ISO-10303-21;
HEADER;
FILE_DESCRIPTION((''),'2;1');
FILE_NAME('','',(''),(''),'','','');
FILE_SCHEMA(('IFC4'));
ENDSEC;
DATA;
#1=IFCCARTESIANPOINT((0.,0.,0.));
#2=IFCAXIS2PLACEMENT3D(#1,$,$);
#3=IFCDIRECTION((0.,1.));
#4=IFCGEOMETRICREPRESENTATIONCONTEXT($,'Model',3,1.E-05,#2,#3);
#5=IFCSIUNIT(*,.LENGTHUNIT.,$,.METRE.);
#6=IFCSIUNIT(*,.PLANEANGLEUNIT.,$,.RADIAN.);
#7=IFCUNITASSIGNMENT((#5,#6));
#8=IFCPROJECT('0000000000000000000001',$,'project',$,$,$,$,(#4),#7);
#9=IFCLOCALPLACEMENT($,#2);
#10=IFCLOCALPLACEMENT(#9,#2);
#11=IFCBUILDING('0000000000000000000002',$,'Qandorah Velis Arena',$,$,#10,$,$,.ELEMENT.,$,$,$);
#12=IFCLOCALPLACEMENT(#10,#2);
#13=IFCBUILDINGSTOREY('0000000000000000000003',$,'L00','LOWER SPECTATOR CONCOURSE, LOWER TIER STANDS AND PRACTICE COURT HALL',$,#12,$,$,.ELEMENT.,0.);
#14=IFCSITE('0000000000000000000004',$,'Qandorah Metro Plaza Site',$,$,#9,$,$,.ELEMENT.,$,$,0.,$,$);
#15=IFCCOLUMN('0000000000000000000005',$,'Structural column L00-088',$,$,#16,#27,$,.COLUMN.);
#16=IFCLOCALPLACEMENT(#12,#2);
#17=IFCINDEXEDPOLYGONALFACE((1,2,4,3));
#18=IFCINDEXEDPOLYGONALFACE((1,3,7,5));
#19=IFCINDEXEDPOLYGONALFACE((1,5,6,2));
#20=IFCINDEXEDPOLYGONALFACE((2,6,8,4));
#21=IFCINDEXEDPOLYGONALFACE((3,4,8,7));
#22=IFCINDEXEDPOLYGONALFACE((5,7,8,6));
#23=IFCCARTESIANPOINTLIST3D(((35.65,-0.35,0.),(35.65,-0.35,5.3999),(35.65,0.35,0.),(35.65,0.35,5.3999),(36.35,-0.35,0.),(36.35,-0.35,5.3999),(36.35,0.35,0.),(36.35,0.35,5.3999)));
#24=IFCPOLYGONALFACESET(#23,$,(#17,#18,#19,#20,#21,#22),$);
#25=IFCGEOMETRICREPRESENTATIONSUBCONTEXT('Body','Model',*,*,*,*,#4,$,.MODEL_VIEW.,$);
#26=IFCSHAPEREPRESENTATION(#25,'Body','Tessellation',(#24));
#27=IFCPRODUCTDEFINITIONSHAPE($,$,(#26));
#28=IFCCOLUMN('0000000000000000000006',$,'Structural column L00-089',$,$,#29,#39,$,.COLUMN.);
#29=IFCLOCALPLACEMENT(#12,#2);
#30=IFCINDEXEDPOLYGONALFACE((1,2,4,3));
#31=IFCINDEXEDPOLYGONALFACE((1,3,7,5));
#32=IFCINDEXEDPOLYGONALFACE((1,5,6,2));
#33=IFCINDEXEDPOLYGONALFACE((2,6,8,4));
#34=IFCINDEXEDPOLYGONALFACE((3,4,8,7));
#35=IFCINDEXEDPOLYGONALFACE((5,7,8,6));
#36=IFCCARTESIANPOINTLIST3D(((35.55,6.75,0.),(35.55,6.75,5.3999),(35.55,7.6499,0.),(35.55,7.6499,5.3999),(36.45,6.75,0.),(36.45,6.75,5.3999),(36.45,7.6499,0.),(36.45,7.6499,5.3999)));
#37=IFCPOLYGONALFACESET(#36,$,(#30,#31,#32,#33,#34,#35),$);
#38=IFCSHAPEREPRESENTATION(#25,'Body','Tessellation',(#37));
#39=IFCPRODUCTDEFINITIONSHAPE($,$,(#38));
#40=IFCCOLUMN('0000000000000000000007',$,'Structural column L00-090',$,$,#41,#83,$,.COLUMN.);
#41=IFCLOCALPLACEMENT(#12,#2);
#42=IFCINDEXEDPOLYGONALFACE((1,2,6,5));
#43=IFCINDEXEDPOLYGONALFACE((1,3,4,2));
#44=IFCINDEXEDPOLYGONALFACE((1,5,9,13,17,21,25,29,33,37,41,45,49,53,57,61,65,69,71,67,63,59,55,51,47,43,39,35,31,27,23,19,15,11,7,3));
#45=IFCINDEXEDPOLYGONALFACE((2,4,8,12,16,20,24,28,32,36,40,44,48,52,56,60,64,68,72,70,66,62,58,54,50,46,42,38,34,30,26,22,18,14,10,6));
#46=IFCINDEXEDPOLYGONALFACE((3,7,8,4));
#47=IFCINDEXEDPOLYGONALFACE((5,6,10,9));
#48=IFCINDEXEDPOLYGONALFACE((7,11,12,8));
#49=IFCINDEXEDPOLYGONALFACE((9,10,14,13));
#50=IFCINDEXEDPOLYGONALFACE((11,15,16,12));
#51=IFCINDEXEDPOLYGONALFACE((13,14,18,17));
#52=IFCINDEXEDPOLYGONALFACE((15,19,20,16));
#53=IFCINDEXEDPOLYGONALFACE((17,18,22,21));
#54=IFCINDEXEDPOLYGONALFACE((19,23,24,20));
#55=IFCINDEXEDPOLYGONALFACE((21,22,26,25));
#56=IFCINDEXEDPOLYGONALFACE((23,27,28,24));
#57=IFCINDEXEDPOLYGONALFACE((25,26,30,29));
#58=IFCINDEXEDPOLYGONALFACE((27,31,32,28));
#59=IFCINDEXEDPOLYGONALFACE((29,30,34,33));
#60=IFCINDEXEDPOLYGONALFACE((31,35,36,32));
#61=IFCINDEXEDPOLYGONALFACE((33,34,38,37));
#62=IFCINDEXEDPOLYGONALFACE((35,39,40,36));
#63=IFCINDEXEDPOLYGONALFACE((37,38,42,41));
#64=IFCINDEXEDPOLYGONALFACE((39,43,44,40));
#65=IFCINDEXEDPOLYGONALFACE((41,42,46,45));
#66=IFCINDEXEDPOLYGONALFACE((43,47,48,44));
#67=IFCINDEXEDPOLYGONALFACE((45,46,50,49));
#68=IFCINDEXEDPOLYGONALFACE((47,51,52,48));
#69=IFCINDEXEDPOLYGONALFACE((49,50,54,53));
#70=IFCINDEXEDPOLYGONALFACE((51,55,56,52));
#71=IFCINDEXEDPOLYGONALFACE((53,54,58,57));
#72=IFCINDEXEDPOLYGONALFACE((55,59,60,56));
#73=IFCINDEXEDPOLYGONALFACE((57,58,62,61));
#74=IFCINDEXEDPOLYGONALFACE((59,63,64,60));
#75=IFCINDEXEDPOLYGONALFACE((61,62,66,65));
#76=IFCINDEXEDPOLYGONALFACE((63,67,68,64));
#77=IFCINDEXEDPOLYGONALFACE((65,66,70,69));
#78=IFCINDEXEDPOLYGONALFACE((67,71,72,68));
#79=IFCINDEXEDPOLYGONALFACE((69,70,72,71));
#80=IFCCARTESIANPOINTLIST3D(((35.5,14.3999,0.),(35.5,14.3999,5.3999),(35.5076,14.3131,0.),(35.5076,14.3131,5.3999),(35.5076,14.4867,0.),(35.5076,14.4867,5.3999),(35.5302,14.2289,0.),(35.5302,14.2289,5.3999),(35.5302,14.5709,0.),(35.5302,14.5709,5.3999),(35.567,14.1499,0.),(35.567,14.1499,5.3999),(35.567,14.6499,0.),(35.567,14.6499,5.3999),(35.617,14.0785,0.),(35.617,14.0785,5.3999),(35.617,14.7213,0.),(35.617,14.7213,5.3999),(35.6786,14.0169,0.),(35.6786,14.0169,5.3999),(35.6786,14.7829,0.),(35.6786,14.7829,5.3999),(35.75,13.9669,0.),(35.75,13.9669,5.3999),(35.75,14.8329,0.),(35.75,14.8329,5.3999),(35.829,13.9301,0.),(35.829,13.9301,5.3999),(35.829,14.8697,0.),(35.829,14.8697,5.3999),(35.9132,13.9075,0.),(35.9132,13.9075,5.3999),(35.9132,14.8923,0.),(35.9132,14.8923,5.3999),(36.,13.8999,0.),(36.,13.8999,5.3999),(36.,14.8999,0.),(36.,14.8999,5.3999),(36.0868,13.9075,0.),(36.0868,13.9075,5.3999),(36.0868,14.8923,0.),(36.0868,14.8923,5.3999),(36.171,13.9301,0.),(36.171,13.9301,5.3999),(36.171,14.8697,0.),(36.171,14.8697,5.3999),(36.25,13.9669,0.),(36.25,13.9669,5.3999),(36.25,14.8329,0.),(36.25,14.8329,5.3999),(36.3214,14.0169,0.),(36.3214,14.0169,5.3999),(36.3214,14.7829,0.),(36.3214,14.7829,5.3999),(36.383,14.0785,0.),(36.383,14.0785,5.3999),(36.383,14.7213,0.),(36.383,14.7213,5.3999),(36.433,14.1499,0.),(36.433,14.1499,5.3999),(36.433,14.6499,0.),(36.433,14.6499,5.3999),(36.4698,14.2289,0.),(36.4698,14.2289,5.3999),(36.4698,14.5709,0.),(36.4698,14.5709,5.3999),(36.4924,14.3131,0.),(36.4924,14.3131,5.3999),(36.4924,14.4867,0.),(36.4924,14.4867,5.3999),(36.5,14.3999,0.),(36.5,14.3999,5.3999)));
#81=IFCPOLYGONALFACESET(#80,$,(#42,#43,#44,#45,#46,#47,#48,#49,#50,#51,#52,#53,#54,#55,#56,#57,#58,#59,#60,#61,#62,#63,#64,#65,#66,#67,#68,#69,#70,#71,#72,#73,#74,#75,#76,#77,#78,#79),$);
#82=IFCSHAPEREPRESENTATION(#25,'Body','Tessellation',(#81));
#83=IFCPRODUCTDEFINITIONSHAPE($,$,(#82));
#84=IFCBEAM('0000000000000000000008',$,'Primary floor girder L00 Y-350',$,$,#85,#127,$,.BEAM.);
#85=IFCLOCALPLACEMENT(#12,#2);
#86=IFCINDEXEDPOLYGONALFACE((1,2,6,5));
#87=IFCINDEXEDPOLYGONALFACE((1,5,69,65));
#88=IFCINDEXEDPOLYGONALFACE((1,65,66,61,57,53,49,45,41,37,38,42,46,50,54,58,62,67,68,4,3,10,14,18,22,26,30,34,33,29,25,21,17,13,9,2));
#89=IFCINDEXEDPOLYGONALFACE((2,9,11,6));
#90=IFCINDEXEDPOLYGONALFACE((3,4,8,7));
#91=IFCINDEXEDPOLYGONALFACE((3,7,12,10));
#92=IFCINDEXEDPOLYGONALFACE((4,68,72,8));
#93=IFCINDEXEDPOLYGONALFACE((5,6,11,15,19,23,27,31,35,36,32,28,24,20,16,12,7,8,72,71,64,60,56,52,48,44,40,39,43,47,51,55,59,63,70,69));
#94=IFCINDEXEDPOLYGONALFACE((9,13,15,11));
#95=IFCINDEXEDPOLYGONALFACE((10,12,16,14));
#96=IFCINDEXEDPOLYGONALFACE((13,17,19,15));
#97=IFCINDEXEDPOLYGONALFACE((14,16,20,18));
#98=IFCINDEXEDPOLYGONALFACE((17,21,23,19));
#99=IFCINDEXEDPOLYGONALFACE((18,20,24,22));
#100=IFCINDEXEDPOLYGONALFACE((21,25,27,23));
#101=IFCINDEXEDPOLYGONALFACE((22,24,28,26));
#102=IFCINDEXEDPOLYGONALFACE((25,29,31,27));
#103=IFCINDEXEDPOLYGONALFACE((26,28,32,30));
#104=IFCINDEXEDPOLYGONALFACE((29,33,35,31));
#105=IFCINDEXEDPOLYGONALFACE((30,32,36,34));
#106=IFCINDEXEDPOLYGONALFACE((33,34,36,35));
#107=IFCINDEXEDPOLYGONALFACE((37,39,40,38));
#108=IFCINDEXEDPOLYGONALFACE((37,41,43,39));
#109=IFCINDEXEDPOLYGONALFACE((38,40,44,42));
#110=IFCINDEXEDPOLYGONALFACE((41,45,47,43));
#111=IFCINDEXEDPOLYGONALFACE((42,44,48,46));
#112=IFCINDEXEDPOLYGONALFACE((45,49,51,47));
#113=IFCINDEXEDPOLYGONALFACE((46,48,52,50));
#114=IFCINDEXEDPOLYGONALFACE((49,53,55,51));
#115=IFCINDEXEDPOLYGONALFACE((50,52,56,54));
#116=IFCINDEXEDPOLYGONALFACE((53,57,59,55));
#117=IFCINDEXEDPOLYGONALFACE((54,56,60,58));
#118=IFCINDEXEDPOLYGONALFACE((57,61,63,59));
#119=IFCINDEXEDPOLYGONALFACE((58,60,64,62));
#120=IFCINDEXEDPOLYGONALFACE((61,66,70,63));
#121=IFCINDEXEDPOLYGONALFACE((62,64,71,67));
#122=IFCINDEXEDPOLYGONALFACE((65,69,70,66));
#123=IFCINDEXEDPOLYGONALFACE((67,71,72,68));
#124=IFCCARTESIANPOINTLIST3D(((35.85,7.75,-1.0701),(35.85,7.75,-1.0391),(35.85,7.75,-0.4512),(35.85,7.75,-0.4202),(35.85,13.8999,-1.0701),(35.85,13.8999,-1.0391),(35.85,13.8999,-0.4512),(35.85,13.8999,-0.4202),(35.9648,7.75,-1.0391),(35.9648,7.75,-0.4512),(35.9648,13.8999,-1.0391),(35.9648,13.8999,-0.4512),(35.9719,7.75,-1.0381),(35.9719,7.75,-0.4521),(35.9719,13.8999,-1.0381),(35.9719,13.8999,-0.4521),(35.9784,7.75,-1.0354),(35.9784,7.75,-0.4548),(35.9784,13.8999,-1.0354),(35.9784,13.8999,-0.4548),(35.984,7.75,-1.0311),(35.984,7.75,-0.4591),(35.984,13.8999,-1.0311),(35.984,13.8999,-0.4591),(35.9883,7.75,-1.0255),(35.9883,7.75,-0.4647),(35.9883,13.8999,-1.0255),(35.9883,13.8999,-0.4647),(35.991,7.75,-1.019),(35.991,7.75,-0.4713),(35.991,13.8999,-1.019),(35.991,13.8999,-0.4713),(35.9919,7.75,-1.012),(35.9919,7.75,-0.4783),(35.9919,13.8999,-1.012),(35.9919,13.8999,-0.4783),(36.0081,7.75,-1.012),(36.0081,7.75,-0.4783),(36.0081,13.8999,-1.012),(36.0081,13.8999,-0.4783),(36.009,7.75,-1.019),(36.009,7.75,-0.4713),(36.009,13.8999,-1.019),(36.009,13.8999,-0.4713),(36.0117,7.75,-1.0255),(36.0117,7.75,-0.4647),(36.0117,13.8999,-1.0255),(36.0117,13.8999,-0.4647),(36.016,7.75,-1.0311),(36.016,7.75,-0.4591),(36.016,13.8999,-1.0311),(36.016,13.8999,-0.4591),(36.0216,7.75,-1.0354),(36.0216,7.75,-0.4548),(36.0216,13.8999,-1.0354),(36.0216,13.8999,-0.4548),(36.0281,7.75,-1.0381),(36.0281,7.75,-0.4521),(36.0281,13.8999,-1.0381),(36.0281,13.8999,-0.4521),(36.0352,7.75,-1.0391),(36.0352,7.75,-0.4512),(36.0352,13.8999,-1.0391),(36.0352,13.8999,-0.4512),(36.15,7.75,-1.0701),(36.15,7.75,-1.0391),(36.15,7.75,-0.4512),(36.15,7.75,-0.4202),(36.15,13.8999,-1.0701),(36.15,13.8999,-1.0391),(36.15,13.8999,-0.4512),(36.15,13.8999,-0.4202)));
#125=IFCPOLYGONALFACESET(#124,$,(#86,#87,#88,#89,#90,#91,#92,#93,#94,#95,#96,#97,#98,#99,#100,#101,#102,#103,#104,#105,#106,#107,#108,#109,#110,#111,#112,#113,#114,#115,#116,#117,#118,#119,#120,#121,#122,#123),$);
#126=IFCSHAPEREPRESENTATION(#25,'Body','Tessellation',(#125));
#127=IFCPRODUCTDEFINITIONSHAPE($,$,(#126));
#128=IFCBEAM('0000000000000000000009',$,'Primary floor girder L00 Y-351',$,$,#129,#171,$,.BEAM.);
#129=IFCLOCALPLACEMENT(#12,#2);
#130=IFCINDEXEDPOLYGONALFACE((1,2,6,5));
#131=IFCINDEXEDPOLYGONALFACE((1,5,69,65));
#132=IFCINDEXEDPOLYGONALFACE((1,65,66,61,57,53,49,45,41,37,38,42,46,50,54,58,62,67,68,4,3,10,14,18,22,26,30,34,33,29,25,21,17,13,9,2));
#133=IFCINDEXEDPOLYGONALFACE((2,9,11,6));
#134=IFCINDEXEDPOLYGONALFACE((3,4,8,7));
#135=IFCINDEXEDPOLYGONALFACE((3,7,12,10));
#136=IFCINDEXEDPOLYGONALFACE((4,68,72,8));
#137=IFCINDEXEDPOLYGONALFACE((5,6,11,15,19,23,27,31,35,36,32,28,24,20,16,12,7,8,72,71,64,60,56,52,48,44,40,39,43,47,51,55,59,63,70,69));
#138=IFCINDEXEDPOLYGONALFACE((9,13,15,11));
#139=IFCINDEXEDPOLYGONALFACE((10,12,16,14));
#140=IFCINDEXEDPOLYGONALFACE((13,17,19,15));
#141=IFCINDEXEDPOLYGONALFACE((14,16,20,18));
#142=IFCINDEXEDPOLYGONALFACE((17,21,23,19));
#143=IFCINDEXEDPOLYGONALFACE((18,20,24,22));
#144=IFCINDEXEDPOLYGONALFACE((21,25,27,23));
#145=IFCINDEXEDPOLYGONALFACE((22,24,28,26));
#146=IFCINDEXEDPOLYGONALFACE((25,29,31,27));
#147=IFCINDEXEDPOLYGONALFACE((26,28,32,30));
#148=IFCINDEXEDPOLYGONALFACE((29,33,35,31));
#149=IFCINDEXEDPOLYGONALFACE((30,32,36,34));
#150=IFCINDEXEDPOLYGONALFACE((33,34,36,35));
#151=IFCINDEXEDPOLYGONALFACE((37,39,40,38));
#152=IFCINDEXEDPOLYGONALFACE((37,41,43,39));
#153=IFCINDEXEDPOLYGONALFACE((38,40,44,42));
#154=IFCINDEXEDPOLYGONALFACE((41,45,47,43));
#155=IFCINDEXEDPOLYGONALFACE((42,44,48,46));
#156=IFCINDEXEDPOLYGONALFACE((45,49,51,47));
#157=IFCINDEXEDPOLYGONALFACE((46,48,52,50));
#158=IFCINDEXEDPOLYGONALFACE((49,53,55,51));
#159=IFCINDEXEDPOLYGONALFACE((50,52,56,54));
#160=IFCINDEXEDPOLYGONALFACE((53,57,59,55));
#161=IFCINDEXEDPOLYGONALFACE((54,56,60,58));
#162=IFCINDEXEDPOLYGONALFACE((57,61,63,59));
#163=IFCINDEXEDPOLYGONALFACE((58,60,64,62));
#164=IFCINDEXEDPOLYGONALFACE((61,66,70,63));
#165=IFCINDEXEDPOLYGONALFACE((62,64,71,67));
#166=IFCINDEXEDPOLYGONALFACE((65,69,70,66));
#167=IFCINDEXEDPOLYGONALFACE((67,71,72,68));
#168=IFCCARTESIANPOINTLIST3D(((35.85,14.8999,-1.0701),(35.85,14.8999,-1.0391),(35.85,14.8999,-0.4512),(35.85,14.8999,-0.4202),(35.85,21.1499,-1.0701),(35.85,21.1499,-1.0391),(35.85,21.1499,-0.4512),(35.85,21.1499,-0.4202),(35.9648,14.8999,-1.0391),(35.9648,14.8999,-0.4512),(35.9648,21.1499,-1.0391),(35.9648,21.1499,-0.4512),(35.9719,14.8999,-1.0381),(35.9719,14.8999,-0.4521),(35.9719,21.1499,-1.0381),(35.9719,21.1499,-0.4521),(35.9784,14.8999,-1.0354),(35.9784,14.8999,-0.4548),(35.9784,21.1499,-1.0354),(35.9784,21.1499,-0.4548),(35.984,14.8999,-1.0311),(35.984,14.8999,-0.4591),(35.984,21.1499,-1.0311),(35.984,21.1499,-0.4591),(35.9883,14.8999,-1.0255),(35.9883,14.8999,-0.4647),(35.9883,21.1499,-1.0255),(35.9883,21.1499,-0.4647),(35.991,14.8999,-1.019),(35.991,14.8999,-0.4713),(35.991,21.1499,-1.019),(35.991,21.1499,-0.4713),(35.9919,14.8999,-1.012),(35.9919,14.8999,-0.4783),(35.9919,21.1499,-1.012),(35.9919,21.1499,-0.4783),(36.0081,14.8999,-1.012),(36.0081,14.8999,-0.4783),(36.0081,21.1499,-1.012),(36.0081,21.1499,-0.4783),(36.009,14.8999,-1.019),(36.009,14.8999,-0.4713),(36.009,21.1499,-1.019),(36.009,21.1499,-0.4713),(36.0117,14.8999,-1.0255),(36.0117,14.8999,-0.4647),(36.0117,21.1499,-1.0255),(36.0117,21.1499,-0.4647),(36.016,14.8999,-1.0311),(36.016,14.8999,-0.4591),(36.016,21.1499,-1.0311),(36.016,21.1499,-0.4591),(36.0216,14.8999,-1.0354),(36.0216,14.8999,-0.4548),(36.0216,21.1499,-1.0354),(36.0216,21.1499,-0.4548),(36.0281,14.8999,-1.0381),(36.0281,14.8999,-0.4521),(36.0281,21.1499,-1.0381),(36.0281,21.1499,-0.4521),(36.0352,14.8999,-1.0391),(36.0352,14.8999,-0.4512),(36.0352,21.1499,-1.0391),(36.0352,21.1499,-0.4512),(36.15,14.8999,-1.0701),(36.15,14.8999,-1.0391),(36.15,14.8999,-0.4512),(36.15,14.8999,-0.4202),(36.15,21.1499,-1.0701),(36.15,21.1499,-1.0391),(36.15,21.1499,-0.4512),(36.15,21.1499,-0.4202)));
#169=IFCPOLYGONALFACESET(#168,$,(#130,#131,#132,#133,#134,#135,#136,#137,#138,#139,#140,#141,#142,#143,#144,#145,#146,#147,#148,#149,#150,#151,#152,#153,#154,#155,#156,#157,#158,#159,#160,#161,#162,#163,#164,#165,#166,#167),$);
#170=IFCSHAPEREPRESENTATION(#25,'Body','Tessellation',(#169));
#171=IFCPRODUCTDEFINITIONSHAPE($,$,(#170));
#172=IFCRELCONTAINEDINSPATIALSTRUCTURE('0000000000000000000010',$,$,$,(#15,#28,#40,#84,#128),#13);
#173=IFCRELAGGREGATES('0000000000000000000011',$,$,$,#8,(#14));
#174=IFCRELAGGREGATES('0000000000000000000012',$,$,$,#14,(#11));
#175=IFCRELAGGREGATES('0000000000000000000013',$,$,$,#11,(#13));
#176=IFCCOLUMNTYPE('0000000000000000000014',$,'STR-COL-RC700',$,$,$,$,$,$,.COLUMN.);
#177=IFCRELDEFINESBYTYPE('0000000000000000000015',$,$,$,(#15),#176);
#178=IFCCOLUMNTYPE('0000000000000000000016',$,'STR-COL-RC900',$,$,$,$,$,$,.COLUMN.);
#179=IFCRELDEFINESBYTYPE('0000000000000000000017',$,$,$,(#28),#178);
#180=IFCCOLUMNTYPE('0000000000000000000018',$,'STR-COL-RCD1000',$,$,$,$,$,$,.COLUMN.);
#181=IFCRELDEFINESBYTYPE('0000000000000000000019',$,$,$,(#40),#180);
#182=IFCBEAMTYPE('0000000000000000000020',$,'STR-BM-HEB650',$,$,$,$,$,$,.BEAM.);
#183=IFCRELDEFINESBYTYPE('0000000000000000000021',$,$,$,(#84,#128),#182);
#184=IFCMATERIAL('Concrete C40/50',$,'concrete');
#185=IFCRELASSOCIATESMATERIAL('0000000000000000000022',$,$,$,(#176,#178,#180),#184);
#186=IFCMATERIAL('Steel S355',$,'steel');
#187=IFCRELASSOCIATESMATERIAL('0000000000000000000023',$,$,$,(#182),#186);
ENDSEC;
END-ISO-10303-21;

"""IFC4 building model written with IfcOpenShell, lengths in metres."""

from ifc_helpers import new_model, si_unit, direction, frame, origin, origin_2d, place, context, subcontext, project, spatial, rectangle, circle, i_section, extrude, material, material_profile, profile_set, type_object, element, save


model = new_model("IFC4")

# Units and contexts
model_context = context("Model", 3, precision=1e-05, world=origin(), true_north=direction((0.0, 1.0)))
body_context = subcontext(model_context, "Body", "Model", "MODEL_VIEW")
ifc_project = project(units=[si_unit("LENGTHUNIT", "METRE"), si_unit("PLANEANGLEUNIT", "RADIAN")], contexts=[model_context])

# Site, building, storey
site_placement = place(None, origin())
site = spatial("IfcSite", under=ifc_project, at=site_placement, Name="Qandorah Metro Plaza Site", CompositionType="ELEMENT", RefElevation=0.0)
building_placement = place(site_placement, origin())
building = spatial("IfcBuilding", under=site, at=building_placement, Name="Qandorah Velis Arena", CompositionType="ELEMENT")
storey_placement = place(building_placement, origin())
storey = spatial("IfcBuildingStorey", under=building, at=storey_placement, Name="L00", Description="LOWER SPECTATOR CONCOURSE, LOWER TIER STANDS AND PRACTICE COURT HALL", CompositionType="ELEMENT", Elevation=0.0)

# Columns
ifc_material_1 = material(Name="Concrete C40/50", Category="concrete")
ifc_material_profile_1 = material_profile(ifc_material_1, rectangle(XDim=0.7, YDim=0.7, at=origin_2d()), Name="RC COL 700x700")
ifc_profile_set_1 = profile_set([ifc_material_profile_1], Name="Concrete C40/50")
column_type_1 = type_object("IfcColumnType", Name="STR-COL-RC700", PredefinedType="COLUMN", material=ifc_profile_set_1)
column_1_placement = place(storey_placement, frame((36.0, 0.0, 0.0), z_axis=(0.0, 0.0, 1.0), x_axis=(1.0, 0.0, 0.0)))
element("IfcColumn", 1, at=column_1_placement, inside=storey, type_object=column_type_1, Name="Structural column L00-088", PredefinedType="COLUMN", context=body_context, shape_type="SweptSolid", body=[
    extrude(rectangle(XDim=0.7, YDim=0.7, at=origin_2d()), origin(), (0.0, 0.0, 1.0), 5.3999),
])
ifc_material_profile_2 = material_profile(ifc_material_1, rectangle(XDim=0.8999, YDim=0.8999, at=origin_2d()), Name="RC COL 900x900")
ifc_profile_set_2 = profile_set([ifc_material_profile_2], Name="Concrete C40/50")
column_type_2 = type_object("IfcColumnType", Name="STR-COL-RC900", PredefinedType="COLUMN", material=ifc_profile_set_2)
column_2_placement = place(storey_placement, frame((36.0, 7.2, 0.0), z_axis=(0.0, 0.0, 1.0), x_axis=(1.0, 0.0, 0.0)))
element("IfcColumn", 2, at=column_2_placement, inside=storey, type_object=column_type_2, Name="Structural column L00-089", PredefinedType="COLUMN", context=body_context, shape_type="SweptSolid", body=[
    extrude(rectangle(XDim=0.8999, YDim=0.8999, at=origin_2d()), origin(), (0.0, 0.0, 1.0), 5.3999),
])
ifc_material_profile_3 = material_profile(ifc_material_1, circle(Radius=0.5, at=origin_2d()), Name="RC D1000")
ifc_profile_set_3 = profile_set([ifc_material_profile_3], Name="Concrete C40/50")
column_type_3 = type_object("IfcColumnType", Name="STR-COL-RCD1000", PredefinedType="COLUMN", material=ifc_profile_set_3)
column_3_placement = place(storey_placement, frame((36.0, 14.3999, 0.0), z_axis=(0.0, 0.0, 1.0), x_axis=(1.0, 0.0, 0.0)))
element("IfcColumn", 3, at=column_3_placement, inside=storey, type_object=column_type_3, Name="Structural column L00-090", PredefinedType="COLUMN", context=body_context, shape_type="SweptSolid", body=[
    extrude(circle(Radius=0.5, at=origin_2d()), origin(), (0.0, 0.0, 1.0), 5.3999),
])

# Beams
ifc_material_2 = material(Name="Steel S355", Category="steel")
ifc_material_profile_4 = material_profile(ifc_material_2, i_section(OverallWidth=0.3, OverallDepth=0.6499, WebThickness=0.0161, FlangeThickness=0.031, FilletRadius=0.0271, at=origin_2d()), Name="HEB 650")
ifc_profile_set_4 = profile_set([ifc_material_profile_4], Name="Steel S355")
beam_type_1 = type_object("IfcBeamType", Name="STR-BM-HEB650", PredefinedType="BEAM", material=ifc_profile_set_4)
beam_1_placement = place(storey_placement, frame((36.0, 7.75, -0.7451), z_axis=(0.0, 1.0, 0.0), x_axis=(-1.0, 0.0, 0.0)))
element("IfcBeam", 4, at=beam_1_placement, inside=storey, type_object=beam_type_1, Name="Primary floor girder L00 Y-350", PredefinedType="BEAM", context=body_context, shape_type="SweptSolid", body=[
    extrude(i_section(OverallWidth=0.3, OverallDepth=0.6499, WebThickness=0.0161, FlangeThickness=0.031, FilletRadius=0.0271, at=origin_2d()), origin(), (0.0, 0.0, 1.0), 6.1499),
])
beam_2_placement = place(storey_placement, frame((36.0, 14.8999, -0.7451), z_axis=(0.0, 1.0, 0.0), x_axis=(-1.0, 0.0, 0.0)))
element("IfcBeam", 5, at=beam_2_placement, inside=storey, type_object=beam_type_1, Name="Primary floor girder L00 Y-351", PredefinedType="BEAM", context=body_context, shape_type="SweptSolid", body=[
    extrude(i_section(OverallWidth=0.3, OverallDepth=0.6499, WebThickness=0.0161, FlangeThickness=0.031, FilletRadius=0.0271, at=origin_2d()), origin(), (0.0, 0.0, 1.0), 6.25),
])

save(model, "model.ifc")
